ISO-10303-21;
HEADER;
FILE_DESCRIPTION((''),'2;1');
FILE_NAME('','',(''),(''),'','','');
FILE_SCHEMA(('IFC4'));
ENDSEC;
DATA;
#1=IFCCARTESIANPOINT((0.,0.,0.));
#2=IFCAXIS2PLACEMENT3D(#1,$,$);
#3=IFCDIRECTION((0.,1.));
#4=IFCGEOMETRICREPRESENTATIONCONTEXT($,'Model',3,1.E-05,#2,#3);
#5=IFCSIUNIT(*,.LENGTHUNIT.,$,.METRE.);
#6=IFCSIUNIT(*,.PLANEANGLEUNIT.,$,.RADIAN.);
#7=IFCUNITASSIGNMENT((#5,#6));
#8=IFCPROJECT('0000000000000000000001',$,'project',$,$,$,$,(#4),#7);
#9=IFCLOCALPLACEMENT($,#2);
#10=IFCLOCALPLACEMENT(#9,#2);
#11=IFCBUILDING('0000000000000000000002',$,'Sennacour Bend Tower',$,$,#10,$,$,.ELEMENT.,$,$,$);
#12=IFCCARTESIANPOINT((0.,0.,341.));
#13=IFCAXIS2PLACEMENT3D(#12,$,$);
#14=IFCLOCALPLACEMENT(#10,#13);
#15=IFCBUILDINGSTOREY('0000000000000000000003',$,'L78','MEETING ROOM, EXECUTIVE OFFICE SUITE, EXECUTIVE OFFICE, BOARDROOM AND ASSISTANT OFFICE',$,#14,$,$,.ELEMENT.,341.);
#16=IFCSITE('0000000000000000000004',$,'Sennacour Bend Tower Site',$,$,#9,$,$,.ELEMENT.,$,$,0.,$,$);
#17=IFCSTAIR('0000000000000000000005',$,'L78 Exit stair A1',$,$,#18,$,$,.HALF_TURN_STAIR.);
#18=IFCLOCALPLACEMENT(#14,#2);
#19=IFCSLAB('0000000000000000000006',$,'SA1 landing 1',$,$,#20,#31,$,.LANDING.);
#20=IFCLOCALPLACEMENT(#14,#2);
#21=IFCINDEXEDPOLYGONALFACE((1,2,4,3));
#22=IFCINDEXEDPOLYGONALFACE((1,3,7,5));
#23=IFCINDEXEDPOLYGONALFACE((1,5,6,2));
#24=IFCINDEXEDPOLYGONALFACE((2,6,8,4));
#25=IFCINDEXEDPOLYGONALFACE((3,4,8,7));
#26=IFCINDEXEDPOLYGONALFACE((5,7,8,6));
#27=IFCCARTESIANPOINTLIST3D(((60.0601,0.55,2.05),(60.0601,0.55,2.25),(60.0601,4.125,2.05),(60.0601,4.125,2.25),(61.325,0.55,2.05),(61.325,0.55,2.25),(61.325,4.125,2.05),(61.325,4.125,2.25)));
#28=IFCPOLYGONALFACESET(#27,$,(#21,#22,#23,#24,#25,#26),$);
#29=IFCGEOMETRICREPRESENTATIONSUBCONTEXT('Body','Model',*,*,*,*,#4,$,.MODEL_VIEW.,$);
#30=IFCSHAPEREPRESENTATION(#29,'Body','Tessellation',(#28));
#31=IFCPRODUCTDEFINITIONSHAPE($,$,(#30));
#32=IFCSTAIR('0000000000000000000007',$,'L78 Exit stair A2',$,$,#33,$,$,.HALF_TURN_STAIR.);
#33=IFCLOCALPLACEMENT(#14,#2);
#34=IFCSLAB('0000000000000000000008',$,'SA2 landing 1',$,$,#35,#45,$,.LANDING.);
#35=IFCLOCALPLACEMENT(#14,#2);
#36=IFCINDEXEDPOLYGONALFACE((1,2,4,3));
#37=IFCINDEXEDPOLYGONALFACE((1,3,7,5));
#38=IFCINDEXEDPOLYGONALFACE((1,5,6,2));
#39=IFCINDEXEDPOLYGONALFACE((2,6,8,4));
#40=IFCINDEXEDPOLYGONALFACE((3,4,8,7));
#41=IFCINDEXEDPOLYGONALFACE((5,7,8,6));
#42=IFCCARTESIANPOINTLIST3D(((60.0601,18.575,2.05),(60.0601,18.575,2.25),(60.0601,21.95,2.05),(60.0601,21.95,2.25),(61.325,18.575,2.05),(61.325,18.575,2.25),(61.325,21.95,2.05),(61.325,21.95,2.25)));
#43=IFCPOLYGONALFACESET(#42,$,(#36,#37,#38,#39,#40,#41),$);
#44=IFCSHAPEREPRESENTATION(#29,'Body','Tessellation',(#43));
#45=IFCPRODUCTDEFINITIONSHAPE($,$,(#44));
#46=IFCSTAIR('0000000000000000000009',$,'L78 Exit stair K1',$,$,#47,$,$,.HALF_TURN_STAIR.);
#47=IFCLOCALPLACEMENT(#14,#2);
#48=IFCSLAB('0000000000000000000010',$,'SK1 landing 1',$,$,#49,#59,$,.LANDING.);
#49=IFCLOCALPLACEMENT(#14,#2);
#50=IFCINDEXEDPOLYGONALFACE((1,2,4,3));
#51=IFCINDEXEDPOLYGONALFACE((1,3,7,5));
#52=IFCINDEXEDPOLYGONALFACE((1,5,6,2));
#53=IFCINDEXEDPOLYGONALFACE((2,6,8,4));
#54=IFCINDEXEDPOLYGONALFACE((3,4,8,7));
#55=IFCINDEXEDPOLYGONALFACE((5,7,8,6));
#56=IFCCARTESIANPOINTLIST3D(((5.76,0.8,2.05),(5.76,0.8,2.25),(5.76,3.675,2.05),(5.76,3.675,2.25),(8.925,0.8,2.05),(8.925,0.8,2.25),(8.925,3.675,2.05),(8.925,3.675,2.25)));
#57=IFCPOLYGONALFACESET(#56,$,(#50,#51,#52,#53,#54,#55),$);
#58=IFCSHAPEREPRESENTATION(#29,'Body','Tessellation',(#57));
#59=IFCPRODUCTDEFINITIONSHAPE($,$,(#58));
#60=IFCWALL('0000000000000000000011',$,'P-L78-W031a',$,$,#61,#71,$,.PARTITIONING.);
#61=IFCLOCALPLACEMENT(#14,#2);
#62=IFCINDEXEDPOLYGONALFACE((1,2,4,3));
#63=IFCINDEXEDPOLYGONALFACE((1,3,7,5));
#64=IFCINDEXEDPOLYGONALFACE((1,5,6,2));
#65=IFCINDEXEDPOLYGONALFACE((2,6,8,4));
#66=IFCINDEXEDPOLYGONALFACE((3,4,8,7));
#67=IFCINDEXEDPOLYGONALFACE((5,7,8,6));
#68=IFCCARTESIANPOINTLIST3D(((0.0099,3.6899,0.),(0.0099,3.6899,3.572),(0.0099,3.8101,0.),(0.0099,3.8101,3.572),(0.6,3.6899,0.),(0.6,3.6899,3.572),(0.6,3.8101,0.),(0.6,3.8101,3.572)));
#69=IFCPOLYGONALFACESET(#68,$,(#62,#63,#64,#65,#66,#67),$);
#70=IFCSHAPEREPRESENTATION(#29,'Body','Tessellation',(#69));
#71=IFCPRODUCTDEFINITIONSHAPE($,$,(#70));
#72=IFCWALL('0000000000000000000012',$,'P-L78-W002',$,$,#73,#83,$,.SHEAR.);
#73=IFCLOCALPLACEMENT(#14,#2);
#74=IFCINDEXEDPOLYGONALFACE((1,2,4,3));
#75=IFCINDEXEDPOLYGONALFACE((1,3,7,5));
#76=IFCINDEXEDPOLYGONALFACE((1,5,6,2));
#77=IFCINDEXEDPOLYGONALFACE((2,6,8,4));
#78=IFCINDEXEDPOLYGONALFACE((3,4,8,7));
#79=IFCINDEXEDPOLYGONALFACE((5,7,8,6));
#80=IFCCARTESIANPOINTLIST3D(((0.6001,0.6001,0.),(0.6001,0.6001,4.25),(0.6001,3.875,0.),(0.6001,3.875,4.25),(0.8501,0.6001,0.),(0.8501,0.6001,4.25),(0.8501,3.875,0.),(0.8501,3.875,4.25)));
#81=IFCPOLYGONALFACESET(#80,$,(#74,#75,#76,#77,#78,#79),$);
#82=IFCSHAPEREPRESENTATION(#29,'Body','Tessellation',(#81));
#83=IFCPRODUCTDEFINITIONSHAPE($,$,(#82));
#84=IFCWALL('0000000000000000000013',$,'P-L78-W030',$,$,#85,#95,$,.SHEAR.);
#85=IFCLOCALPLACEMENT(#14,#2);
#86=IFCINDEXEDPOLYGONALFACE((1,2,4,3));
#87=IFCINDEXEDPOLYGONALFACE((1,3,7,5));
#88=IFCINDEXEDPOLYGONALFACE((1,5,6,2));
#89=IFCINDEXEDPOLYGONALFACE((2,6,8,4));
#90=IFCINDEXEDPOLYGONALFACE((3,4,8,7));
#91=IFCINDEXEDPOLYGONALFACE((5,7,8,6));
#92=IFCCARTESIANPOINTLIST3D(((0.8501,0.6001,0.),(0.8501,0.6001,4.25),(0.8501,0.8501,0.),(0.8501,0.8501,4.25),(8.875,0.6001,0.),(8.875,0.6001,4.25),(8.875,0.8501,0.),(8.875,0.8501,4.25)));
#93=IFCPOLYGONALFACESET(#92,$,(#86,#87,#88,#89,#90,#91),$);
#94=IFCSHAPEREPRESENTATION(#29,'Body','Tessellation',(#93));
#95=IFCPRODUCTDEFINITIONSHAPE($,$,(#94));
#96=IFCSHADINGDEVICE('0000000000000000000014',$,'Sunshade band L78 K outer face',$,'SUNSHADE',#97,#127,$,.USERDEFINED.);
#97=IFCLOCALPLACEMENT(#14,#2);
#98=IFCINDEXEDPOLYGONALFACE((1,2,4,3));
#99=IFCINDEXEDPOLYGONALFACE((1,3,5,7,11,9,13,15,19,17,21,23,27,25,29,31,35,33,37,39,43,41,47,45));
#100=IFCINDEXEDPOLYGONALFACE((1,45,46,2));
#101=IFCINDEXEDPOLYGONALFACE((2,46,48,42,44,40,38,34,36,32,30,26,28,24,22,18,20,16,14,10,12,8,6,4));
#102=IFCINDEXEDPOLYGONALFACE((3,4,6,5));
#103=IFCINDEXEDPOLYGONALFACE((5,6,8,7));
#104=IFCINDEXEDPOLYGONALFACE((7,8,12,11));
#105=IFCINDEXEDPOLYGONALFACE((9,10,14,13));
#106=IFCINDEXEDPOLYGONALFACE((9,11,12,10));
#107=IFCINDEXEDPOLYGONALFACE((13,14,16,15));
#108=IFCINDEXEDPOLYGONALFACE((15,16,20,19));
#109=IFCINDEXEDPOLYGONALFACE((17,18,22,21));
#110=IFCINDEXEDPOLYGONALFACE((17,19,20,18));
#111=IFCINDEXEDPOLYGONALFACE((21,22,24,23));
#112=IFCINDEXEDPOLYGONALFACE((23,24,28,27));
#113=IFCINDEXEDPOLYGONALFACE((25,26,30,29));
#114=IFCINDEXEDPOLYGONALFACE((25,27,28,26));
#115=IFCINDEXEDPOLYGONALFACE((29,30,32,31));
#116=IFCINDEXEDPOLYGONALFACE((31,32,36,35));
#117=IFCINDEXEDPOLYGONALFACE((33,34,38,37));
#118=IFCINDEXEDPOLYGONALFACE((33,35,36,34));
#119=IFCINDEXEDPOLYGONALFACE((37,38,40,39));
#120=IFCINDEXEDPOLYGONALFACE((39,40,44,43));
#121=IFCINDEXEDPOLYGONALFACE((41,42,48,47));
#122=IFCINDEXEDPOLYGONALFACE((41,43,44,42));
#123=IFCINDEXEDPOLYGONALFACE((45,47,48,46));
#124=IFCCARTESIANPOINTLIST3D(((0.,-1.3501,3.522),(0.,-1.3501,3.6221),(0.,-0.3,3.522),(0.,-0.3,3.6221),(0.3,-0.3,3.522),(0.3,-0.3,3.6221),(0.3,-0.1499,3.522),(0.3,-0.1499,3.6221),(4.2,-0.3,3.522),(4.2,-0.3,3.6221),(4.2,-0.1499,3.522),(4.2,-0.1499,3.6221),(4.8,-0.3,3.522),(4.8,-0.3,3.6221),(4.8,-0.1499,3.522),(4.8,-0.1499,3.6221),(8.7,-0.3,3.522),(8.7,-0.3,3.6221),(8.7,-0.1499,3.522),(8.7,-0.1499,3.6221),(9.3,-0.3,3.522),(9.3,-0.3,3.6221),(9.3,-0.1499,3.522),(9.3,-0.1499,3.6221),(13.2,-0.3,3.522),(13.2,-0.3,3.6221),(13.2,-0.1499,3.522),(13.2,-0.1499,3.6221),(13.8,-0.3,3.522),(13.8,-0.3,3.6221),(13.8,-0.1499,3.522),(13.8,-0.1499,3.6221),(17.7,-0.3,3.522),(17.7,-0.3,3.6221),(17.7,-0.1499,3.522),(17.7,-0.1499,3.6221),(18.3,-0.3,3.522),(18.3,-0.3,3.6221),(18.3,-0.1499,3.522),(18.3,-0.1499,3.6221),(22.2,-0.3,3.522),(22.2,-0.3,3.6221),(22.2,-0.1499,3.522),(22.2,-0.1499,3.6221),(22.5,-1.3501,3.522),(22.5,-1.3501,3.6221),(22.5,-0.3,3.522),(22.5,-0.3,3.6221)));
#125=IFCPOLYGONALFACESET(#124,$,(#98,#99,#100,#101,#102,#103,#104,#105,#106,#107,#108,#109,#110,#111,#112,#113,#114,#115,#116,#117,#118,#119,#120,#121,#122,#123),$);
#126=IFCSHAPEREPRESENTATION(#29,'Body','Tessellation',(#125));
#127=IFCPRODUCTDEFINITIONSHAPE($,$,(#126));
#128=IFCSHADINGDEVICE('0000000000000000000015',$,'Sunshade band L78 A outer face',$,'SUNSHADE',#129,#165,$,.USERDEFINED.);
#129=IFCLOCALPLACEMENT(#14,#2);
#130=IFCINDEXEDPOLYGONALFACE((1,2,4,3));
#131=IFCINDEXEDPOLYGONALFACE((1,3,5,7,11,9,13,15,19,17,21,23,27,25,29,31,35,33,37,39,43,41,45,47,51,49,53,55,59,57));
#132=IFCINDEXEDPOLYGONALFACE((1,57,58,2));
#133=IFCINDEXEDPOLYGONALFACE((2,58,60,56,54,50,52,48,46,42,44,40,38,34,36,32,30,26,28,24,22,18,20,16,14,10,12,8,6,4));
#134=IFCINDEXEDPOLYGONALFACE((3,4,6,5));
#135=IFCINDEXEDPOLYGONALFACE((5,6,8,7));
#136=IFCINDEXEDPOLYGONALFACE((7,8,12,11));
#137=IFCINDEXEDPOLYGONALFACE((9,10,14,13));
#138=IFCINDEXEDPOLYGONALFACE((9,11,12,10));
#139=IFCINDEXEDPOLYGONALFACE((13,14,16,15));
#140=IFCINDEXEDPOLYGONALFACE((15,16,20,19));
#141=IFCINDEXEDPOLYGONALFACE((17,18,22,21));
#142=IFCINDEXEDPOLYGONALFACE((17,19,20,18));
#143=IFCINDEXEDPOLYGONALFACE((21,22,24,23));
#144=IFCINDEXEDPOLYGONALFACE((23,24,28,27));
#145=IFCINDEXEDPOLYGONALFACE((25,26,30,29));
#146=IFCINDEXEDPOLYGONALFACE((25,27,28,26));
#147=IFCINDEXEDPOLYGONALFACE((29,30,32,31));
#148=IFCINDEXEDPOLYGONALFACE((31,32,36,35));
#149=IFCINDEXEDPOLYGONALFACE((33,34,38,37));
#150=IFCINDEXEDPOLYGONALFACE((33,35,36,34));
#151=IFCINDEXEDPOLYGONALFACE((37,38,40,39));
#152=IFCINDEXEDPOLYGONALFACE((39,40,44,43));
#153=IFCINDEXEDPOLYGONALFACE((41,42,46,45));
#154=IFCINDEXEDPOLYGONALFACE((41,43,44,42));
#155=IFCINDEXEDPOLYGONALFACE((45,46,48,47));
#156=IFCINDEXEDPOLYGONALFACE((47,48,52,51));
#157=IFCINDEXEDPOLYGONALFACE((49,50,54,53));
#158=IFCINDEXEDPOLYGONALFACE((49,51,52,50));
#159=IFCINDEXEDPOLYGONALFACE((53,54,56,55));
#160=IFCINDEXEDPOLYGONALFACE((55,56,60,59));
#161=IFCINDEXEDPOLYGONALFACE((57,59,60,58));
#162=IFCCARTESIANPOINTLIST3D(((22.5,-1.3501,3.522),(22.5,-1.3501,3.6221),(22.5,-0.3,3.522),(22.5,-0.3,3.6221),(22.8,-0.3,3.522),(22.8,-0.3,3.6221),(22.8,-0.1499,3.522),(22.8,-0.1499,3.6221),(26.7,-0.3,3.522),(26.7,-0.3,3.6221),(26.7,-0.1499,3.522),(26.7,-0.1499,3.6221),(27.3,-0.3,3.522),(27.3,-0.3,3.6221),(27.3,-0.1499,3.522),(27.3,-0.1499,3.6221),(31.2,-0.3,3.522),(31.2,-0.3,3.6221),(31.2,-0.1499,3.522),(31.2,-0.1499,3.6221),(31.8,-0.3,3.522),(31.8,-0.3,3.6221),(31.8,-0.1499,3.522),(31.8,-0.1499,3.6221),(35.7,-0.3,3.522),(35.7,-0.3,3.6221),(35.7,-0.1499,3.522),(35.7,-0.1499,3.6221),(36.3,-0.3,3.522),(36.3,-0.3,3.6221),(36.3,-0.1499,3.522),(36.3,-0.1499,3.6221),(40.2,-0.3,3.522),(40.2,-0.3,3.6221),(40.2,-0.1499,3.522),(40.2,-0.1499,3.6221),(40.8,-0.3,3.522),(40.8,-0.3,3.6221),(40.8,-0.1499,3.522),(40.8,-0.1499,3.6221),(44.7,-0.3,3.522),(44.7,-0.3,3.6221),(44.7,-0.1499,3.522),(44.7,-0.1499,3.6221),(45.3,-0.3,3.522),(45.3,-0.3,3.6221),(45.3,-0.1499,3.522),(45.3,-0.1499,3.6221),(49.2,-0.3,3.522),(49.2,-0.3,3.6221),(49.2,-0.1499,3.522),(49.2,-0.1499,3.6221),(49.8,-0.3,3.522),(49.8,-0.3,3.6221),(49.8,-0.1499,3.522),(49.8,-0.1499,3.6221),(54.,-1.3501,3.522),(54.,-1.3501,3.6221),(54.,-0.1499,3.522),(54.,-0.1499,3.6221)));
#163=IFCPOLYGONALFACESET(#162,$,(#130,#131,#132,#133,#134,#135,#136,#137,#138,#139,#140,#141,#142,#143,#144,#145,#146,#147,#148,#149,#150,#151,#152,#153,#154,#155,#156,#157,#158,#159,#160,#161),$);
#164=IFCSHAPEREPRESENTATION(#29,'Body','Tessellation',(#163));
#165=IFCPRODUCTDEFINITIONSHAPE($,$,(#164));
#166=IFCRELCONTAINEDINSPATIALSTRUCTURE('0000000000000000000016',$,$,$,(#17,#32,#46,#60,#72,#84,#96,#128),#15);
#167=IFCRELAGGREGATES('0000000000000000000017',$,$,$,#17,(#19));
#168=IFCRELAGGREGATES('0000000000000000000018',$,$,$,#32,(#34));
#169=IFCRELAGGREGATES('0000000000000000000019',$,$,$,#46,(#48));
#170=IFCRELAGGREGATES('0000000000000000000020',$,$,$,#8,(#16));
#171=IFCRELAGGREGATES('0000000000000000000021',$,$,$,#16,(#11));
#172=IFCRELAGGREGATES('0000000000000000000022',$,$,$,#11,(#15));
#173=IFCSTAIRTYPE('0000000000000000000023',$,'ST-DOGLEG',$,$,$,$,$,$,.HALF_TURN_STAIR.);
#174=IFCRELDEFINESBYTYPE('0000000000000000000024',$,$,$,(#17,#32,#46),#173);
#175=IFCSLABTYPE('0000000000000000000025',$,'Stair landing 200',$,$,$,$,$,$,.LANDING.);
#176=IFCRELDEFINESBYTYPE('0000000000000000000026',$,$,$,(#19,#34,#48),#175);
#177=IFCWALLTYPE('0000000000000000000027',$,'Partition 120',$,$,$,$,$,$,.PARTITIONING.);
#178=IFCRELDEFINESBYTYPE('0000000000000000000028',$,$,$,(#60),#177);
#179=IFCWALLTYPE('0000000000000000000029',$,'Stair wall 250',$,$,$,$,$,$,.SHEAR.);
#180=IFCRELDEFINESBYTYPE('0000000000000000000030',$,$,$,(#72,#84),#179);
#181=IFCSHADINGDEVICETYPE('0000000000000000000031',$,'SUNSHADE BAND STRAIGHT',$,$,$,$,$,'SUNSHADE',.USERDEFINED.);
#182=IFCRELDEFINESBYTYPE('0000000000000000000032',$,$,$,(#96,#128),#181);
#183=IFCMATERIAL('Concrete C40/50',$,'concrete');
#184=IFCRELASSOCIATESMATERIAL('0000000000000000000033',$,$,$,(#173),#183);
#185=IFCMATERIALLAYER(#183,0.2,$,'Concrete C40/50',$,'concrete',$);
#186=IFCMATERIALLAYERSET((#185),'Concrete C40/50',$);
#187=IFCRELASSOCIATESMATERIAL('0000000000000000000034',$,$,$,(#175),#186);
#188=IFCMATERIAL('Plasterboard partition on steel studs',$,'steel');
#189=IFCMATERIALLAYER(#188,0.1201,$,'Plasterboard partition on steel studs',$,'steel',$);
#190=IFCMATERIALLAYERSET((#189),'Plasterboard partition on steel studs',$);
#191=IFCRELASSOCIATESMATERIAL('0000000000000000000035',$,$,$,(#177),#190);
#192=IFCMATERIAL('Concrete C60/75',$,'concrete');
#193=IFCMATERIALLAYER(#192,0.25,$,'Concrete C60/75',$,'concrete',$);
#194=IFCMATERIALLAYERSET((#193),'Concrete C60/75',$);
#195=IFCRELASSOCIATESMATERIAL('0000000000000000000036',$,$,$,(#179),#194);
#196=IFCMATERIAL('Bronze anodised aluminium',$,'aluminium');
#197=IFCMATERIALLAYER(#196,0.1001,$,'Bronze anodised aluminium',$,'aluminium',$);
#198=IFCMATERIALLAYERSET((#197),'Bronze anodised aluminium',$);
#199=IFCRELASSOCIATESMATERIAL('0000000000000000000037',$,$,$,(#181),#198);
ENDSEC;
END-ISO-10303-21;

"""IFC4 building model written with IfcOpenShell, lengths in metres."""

from ifc_helpers import new_model, si_unit, direction, frame, frame_2d, origin, place, context, subcontext, project, spatial, polyline, rectangle, outline, extrude, material, layer, layer_set, type_object, element, aggregate, save


model = new_model("IFC4")

# Units and contexts
model_context = context("Model", 3, precision=1e-05, world=origin(), true_north=direction((0.0, 1.0)))
body_context = subcontext(model_context, "Body", "Model", "MODEL_VIEW")
ifc_project = project(units=[si_unit("LENGTHUNIT", "METRE"), si_unit("PLANEANGLEUNIT", "RADIAN")], contexts=[model_context])

# Site, building, storey
site_placement = place(None, origin())
site = spatial("IfcSite", under=ifc_project, at=site_placement, Name="Sennacour Bend Tower Site", CompositionType="ELEMENT", RefElevation=0.0)
building_placement = place(site_placement, origin())
building = spatial("IfcBuilding", under=site, at=building_placement, Name="Sennacour Bend Tower", CompositionType="ELEMENT")
storey_placement = place(building_placement, frame((0.0, 0.0, 341.0)))
storey = spatial("IfcBuildingStorey", under=building, at=storey_placement, Name="L78", Description="MEETING ROOM, EXECUTIVE OFFICE SUITE, EXECUTIVE OFFICE, BOARDROOM AND ASSISTANT OFFICE", CompositionType="ELEMENT", Elevation=341.0)

# Stairs, slabs
ifc_material_1 = material(Name="Concrete C40/50", Category="concrete")
stair_type = type_object("IfcStairType", Name="ST-DOGLEG", PredefinedType="HALF_TURN_STAIR", material=ifc_material_1)
stair_1_placement = place(storey_placement, origin())
stair_1 = element("IfcStair", 1, at=stair_1_placement, inside=storey, type_object=stair_type, Name="L78 Exit stair A1", PredefinedType="HALF_TURN_STAIR")
ifc_layer_1 = layer(ifc_material_1, 0.2, Name="Concrete C40/50", Category="concrete")
ifc_layer_set_1 = layer_set([ifc_layer_1], Name="Concrete C40/50")
slab_type_1 = type_object("IfcSlabType", Name="Stair landing 200", PredefinedType="LANDING", material=ifc_layer_set_1)
slab_1_placement = place(storey_placement, frame((0.0, 0.0, 2.05)))
slab_1 = element("IfcSlab", 2, at=slab_1_placement, type_object=slab_type_1, Name="SA1 landing 1", PredefinedType="LANDING", context=body_context, shape_type="SweptSolid", body=[
    extrude(outline(polyline([(60.0601, 0.55), (61.325, 0.55), (61.325, 4.125), (60.0601, 4.125), (60.0601, 0.55)])), origin(), (0.0, 0.0, 1.0), 0.2),
])
aggregate(stair_1, [slab_1])
stair_2_placement = place(storey_placement, origin())
stair_2 = element("IfcStair", 3, at=stair_2_placement, inside=storey, type_object=stair_type, Name="L78 Exit stair A2", PredefinedType="HALF_TURN_STAIR")
slab_2_placement = place(storey_placement, frame((0.0, 0.0, 2.05)))
slab_2 = element("IfcSlab", 4, at=slab_2_placement, type_object=slab_type_1, Name="SA2 landing 1", PredefinedType="LANDING", context=body_context, shape_type="SweptSolid", body=[
    extrude(outline(polyline([(60.0601, 18.575), (61.325, 18.575), (61.325, 21.95), (60.0601, 21.95), (60.0601, 18.575)])), origin(), (0.0, 0.0, 1.0), 0.2),
])
aggregate(stair_2, [slab_2])
stair_3_placement = place(storey_placement, origin())
stair_3 = element("IfcStair", 5, at=stair_3_placement, inside=storey, type_object=stair_type, Name="L78 Exit stair K1", PredefinedType="HALF_TURN_STAIR")
slab_3_placement = place(storey_placement, frame((0.0, 0.0, 2.05)))
slab_3 = element("IfcSlab", 6, at=slab_3_placement, type_object=slab_type_1, Name="SK1 landing 1", PredefinedType="LANDING", context=body_context, shape_type="SweptSolid", body=[
    extrude(outline(polyline([(5.76, 0.8), (8.925, 0.8), (8.925, 3.675), (5.76, 3.675), (5.76, 0.8)])), origin(), (0.0, 0.0, 1.0), 0.2),
])
aggregate(stair_3, [slab_3])

# Walls
ifc_material_2 = material(Name="Plasterboard partition on steel studs", Category="steel")
ifc_layer_2 = layer(ifc_material_2, 0.1201, Name="Plasterboard partition on steel studs", Category="steel")
ifc_layer_set_2 = layer_set([ifc_layer_2], Name="Plasterboard partition on steel studs")
wall_type_1 = type_object("IfcWallType", Name="Partition 120", PredefinedType="PARTITIONING", material=ifc_layer_set_2)
wall_1_placement = place(storey_placement, frame((0.01, 3.75, 0.0), z_axis=(0.0, 0.0, 1.0), x_axis=(1.0, 0.0, 0.0)))
element("IfcWall", 7, at=wall_1_placement, inside=storey, type_object=wall_type_1, Name="P-L78-W031a", PredefinedType="PARTITIONING", context=body_context, shape_type="SweptSolid", body=[
    extrude(rectangle(XDim=0.5901, YDim=0.1201, at=frame_2d((0.2949, 0.0))), origin(), (0.0, 0.0, 1.0), 3.572),
])
ifc_material_3 = material(Name="Concrete C60/75", Category="concrete")
ifc_layer_3 = layer(ifc_material_3, 0.25, Name="Concrete C60/75", Category="concrete")
ifc_layer_set_3 = layer_set([ifc_layer_3], Name="Concrete C60/75")
wall_type_2 = type_object("IfcWallType", Name="Stair wall 250", PredefinedType="SHEAR", material=ifc_layer_set_3)
wall_2_placement = place(storey_placement, frame((0.7251, 0.6001, 0.0), z_axis=(0.0, 0.0, 1.0), x_axis=(0.0, 1.0, 0.0)))
element("IfcWall", 8, at=wall_2_placement, inside=storey, type_object=wall_type_2, Name="P-L78-W002", PredefinedType="SHEAR", context=body_context, shape_type="SweptSolid", body=[
    extrude(rectangle(XDim=3.2749, YDim=0.25, at=frame_2d((1.6375, 0.0))), origin(), (0.0, 0.0, 1.0), 4.25),
])
wall_3_placement = place(storey_placement, frame((0.8501, 0.7251, 0.0), z_axis=(0.0, 0.0, 1.0), x_axis=(1.0, 0.0, 0.0)))
element("IfcWall", 9, at=wall_3_placement, inside=storey, type_object=wall_type_2, Name="P-L78-W030", PredefinedType="SHEAR", context=body_context, shape_type="SweptSolid", body=[
    extrude(rectangle(XDim=8.0249, YDim=0.25, at=frame_2d((4.0125, 0.0))), origin(), (0.0, 0.0, 1.0), 4.25),
])

# Shading devices
ifc_material_4 = material(Name="Bronze anodised aluminium", Category="aluminium")
ifc_layer_4 = layer(ifc_material_4, 0.1001, Name="Bronze anodised aluminium", Category="aluminium")
ifc_layer_set_4 = layer_set([ifc_layer_4], Name="Bronze anodised aluminium")
shading_device_type_1 = type_object("IfcShadingDeviceType", Name="SUNSHADE BAND STRAIGHT", ElementType="SUNSHADE", PredefinedType="USERDEFINED", material=ifc_layer_set_4)
shading_device_1_placement = place(storey_placement, frame((0.0, 0.0, 3.522)))
element("IfcShadingDevice", 10, at=shading_device_1_placement, inside=storey, type_object=shading_device_type_1, Name="Sunshade band L78 K outer face", ObjectType="SUNSHADE", PredefinedType="USERDEFINED", context=body_context, shape_type="SweptSolid", body=[
    extrude(outline(polyline([(4.2, -0.1499), (4.2, -0.3), (4.8, -0.3), (4.8, -0.1499), (8.7, -0.1499), (8.7, -0.3), (9.3, -0.3), (9.3, -0.1499), (13.2, -0.1499), (13.2, -0.3), (13.8, -0.3), (13.8, -0.1499), (17.7, -0.1499), (17.7, -0.3), (18.3, -0.3), (18.3, -0.1499), (22.2, -0.1499), (22.2, -0.3), (22.5, -0.3), (22.5, -1.3501), (0.0, -1.3501), (0.0, -0.3), (0.3, -0.3), (0.3, -0.1499), (4.2, -0.1499)])), origin(), (0.0, 0.0, 1.0), 0.1001),
])
shading_device_2_placement = place(storey_placement, frame((0.0, 0.0, 3.522)))
element("IfcShadingDevice", 11, at=shading_device_2_placement, inside=storey, type_object=shading_device_type_1, Name="Sunshade band L78 A outer face", ObjectType="SUNSHADE", PredefinedType="USERDEFINED", context=body_context, shape_type="SweptSolid", body=[
    extrude(outline(polyline([(26.7, -0.1499), (26.7, -0.3), (27.3, -0.3), (27.3, -0.1499), (31.2, -0.1499), (31.2, -0.3), (31.8, -0.3), (31.8, -0.1499), (35.7, -0.1499), (35.7, -0.3), (36.3, -0.3), (36.3, -0.1499), (40.2, -0.1499), (40.2, -0.3), (40.8, -0.3), (40.8, -0.1499), (44.7, -0.1499), (44.7, -0.3), (45.3, -0.3), (45.3, -0.1499), (49.2, -0.1499), (49.2, -0.3), (49.8, -0.3), (49.8, -0.1499), (54.0, -0.1499), (54.0, -1.3501), (22.5, -1.3501), (22.5, -0.3), (22.8, -0.3), (22.8, -0.1499), (26.7, -0.1499)])), origin(), (0.0, 0.0, 1.0), 0.1001),
])

save(model, "model.ifc")
